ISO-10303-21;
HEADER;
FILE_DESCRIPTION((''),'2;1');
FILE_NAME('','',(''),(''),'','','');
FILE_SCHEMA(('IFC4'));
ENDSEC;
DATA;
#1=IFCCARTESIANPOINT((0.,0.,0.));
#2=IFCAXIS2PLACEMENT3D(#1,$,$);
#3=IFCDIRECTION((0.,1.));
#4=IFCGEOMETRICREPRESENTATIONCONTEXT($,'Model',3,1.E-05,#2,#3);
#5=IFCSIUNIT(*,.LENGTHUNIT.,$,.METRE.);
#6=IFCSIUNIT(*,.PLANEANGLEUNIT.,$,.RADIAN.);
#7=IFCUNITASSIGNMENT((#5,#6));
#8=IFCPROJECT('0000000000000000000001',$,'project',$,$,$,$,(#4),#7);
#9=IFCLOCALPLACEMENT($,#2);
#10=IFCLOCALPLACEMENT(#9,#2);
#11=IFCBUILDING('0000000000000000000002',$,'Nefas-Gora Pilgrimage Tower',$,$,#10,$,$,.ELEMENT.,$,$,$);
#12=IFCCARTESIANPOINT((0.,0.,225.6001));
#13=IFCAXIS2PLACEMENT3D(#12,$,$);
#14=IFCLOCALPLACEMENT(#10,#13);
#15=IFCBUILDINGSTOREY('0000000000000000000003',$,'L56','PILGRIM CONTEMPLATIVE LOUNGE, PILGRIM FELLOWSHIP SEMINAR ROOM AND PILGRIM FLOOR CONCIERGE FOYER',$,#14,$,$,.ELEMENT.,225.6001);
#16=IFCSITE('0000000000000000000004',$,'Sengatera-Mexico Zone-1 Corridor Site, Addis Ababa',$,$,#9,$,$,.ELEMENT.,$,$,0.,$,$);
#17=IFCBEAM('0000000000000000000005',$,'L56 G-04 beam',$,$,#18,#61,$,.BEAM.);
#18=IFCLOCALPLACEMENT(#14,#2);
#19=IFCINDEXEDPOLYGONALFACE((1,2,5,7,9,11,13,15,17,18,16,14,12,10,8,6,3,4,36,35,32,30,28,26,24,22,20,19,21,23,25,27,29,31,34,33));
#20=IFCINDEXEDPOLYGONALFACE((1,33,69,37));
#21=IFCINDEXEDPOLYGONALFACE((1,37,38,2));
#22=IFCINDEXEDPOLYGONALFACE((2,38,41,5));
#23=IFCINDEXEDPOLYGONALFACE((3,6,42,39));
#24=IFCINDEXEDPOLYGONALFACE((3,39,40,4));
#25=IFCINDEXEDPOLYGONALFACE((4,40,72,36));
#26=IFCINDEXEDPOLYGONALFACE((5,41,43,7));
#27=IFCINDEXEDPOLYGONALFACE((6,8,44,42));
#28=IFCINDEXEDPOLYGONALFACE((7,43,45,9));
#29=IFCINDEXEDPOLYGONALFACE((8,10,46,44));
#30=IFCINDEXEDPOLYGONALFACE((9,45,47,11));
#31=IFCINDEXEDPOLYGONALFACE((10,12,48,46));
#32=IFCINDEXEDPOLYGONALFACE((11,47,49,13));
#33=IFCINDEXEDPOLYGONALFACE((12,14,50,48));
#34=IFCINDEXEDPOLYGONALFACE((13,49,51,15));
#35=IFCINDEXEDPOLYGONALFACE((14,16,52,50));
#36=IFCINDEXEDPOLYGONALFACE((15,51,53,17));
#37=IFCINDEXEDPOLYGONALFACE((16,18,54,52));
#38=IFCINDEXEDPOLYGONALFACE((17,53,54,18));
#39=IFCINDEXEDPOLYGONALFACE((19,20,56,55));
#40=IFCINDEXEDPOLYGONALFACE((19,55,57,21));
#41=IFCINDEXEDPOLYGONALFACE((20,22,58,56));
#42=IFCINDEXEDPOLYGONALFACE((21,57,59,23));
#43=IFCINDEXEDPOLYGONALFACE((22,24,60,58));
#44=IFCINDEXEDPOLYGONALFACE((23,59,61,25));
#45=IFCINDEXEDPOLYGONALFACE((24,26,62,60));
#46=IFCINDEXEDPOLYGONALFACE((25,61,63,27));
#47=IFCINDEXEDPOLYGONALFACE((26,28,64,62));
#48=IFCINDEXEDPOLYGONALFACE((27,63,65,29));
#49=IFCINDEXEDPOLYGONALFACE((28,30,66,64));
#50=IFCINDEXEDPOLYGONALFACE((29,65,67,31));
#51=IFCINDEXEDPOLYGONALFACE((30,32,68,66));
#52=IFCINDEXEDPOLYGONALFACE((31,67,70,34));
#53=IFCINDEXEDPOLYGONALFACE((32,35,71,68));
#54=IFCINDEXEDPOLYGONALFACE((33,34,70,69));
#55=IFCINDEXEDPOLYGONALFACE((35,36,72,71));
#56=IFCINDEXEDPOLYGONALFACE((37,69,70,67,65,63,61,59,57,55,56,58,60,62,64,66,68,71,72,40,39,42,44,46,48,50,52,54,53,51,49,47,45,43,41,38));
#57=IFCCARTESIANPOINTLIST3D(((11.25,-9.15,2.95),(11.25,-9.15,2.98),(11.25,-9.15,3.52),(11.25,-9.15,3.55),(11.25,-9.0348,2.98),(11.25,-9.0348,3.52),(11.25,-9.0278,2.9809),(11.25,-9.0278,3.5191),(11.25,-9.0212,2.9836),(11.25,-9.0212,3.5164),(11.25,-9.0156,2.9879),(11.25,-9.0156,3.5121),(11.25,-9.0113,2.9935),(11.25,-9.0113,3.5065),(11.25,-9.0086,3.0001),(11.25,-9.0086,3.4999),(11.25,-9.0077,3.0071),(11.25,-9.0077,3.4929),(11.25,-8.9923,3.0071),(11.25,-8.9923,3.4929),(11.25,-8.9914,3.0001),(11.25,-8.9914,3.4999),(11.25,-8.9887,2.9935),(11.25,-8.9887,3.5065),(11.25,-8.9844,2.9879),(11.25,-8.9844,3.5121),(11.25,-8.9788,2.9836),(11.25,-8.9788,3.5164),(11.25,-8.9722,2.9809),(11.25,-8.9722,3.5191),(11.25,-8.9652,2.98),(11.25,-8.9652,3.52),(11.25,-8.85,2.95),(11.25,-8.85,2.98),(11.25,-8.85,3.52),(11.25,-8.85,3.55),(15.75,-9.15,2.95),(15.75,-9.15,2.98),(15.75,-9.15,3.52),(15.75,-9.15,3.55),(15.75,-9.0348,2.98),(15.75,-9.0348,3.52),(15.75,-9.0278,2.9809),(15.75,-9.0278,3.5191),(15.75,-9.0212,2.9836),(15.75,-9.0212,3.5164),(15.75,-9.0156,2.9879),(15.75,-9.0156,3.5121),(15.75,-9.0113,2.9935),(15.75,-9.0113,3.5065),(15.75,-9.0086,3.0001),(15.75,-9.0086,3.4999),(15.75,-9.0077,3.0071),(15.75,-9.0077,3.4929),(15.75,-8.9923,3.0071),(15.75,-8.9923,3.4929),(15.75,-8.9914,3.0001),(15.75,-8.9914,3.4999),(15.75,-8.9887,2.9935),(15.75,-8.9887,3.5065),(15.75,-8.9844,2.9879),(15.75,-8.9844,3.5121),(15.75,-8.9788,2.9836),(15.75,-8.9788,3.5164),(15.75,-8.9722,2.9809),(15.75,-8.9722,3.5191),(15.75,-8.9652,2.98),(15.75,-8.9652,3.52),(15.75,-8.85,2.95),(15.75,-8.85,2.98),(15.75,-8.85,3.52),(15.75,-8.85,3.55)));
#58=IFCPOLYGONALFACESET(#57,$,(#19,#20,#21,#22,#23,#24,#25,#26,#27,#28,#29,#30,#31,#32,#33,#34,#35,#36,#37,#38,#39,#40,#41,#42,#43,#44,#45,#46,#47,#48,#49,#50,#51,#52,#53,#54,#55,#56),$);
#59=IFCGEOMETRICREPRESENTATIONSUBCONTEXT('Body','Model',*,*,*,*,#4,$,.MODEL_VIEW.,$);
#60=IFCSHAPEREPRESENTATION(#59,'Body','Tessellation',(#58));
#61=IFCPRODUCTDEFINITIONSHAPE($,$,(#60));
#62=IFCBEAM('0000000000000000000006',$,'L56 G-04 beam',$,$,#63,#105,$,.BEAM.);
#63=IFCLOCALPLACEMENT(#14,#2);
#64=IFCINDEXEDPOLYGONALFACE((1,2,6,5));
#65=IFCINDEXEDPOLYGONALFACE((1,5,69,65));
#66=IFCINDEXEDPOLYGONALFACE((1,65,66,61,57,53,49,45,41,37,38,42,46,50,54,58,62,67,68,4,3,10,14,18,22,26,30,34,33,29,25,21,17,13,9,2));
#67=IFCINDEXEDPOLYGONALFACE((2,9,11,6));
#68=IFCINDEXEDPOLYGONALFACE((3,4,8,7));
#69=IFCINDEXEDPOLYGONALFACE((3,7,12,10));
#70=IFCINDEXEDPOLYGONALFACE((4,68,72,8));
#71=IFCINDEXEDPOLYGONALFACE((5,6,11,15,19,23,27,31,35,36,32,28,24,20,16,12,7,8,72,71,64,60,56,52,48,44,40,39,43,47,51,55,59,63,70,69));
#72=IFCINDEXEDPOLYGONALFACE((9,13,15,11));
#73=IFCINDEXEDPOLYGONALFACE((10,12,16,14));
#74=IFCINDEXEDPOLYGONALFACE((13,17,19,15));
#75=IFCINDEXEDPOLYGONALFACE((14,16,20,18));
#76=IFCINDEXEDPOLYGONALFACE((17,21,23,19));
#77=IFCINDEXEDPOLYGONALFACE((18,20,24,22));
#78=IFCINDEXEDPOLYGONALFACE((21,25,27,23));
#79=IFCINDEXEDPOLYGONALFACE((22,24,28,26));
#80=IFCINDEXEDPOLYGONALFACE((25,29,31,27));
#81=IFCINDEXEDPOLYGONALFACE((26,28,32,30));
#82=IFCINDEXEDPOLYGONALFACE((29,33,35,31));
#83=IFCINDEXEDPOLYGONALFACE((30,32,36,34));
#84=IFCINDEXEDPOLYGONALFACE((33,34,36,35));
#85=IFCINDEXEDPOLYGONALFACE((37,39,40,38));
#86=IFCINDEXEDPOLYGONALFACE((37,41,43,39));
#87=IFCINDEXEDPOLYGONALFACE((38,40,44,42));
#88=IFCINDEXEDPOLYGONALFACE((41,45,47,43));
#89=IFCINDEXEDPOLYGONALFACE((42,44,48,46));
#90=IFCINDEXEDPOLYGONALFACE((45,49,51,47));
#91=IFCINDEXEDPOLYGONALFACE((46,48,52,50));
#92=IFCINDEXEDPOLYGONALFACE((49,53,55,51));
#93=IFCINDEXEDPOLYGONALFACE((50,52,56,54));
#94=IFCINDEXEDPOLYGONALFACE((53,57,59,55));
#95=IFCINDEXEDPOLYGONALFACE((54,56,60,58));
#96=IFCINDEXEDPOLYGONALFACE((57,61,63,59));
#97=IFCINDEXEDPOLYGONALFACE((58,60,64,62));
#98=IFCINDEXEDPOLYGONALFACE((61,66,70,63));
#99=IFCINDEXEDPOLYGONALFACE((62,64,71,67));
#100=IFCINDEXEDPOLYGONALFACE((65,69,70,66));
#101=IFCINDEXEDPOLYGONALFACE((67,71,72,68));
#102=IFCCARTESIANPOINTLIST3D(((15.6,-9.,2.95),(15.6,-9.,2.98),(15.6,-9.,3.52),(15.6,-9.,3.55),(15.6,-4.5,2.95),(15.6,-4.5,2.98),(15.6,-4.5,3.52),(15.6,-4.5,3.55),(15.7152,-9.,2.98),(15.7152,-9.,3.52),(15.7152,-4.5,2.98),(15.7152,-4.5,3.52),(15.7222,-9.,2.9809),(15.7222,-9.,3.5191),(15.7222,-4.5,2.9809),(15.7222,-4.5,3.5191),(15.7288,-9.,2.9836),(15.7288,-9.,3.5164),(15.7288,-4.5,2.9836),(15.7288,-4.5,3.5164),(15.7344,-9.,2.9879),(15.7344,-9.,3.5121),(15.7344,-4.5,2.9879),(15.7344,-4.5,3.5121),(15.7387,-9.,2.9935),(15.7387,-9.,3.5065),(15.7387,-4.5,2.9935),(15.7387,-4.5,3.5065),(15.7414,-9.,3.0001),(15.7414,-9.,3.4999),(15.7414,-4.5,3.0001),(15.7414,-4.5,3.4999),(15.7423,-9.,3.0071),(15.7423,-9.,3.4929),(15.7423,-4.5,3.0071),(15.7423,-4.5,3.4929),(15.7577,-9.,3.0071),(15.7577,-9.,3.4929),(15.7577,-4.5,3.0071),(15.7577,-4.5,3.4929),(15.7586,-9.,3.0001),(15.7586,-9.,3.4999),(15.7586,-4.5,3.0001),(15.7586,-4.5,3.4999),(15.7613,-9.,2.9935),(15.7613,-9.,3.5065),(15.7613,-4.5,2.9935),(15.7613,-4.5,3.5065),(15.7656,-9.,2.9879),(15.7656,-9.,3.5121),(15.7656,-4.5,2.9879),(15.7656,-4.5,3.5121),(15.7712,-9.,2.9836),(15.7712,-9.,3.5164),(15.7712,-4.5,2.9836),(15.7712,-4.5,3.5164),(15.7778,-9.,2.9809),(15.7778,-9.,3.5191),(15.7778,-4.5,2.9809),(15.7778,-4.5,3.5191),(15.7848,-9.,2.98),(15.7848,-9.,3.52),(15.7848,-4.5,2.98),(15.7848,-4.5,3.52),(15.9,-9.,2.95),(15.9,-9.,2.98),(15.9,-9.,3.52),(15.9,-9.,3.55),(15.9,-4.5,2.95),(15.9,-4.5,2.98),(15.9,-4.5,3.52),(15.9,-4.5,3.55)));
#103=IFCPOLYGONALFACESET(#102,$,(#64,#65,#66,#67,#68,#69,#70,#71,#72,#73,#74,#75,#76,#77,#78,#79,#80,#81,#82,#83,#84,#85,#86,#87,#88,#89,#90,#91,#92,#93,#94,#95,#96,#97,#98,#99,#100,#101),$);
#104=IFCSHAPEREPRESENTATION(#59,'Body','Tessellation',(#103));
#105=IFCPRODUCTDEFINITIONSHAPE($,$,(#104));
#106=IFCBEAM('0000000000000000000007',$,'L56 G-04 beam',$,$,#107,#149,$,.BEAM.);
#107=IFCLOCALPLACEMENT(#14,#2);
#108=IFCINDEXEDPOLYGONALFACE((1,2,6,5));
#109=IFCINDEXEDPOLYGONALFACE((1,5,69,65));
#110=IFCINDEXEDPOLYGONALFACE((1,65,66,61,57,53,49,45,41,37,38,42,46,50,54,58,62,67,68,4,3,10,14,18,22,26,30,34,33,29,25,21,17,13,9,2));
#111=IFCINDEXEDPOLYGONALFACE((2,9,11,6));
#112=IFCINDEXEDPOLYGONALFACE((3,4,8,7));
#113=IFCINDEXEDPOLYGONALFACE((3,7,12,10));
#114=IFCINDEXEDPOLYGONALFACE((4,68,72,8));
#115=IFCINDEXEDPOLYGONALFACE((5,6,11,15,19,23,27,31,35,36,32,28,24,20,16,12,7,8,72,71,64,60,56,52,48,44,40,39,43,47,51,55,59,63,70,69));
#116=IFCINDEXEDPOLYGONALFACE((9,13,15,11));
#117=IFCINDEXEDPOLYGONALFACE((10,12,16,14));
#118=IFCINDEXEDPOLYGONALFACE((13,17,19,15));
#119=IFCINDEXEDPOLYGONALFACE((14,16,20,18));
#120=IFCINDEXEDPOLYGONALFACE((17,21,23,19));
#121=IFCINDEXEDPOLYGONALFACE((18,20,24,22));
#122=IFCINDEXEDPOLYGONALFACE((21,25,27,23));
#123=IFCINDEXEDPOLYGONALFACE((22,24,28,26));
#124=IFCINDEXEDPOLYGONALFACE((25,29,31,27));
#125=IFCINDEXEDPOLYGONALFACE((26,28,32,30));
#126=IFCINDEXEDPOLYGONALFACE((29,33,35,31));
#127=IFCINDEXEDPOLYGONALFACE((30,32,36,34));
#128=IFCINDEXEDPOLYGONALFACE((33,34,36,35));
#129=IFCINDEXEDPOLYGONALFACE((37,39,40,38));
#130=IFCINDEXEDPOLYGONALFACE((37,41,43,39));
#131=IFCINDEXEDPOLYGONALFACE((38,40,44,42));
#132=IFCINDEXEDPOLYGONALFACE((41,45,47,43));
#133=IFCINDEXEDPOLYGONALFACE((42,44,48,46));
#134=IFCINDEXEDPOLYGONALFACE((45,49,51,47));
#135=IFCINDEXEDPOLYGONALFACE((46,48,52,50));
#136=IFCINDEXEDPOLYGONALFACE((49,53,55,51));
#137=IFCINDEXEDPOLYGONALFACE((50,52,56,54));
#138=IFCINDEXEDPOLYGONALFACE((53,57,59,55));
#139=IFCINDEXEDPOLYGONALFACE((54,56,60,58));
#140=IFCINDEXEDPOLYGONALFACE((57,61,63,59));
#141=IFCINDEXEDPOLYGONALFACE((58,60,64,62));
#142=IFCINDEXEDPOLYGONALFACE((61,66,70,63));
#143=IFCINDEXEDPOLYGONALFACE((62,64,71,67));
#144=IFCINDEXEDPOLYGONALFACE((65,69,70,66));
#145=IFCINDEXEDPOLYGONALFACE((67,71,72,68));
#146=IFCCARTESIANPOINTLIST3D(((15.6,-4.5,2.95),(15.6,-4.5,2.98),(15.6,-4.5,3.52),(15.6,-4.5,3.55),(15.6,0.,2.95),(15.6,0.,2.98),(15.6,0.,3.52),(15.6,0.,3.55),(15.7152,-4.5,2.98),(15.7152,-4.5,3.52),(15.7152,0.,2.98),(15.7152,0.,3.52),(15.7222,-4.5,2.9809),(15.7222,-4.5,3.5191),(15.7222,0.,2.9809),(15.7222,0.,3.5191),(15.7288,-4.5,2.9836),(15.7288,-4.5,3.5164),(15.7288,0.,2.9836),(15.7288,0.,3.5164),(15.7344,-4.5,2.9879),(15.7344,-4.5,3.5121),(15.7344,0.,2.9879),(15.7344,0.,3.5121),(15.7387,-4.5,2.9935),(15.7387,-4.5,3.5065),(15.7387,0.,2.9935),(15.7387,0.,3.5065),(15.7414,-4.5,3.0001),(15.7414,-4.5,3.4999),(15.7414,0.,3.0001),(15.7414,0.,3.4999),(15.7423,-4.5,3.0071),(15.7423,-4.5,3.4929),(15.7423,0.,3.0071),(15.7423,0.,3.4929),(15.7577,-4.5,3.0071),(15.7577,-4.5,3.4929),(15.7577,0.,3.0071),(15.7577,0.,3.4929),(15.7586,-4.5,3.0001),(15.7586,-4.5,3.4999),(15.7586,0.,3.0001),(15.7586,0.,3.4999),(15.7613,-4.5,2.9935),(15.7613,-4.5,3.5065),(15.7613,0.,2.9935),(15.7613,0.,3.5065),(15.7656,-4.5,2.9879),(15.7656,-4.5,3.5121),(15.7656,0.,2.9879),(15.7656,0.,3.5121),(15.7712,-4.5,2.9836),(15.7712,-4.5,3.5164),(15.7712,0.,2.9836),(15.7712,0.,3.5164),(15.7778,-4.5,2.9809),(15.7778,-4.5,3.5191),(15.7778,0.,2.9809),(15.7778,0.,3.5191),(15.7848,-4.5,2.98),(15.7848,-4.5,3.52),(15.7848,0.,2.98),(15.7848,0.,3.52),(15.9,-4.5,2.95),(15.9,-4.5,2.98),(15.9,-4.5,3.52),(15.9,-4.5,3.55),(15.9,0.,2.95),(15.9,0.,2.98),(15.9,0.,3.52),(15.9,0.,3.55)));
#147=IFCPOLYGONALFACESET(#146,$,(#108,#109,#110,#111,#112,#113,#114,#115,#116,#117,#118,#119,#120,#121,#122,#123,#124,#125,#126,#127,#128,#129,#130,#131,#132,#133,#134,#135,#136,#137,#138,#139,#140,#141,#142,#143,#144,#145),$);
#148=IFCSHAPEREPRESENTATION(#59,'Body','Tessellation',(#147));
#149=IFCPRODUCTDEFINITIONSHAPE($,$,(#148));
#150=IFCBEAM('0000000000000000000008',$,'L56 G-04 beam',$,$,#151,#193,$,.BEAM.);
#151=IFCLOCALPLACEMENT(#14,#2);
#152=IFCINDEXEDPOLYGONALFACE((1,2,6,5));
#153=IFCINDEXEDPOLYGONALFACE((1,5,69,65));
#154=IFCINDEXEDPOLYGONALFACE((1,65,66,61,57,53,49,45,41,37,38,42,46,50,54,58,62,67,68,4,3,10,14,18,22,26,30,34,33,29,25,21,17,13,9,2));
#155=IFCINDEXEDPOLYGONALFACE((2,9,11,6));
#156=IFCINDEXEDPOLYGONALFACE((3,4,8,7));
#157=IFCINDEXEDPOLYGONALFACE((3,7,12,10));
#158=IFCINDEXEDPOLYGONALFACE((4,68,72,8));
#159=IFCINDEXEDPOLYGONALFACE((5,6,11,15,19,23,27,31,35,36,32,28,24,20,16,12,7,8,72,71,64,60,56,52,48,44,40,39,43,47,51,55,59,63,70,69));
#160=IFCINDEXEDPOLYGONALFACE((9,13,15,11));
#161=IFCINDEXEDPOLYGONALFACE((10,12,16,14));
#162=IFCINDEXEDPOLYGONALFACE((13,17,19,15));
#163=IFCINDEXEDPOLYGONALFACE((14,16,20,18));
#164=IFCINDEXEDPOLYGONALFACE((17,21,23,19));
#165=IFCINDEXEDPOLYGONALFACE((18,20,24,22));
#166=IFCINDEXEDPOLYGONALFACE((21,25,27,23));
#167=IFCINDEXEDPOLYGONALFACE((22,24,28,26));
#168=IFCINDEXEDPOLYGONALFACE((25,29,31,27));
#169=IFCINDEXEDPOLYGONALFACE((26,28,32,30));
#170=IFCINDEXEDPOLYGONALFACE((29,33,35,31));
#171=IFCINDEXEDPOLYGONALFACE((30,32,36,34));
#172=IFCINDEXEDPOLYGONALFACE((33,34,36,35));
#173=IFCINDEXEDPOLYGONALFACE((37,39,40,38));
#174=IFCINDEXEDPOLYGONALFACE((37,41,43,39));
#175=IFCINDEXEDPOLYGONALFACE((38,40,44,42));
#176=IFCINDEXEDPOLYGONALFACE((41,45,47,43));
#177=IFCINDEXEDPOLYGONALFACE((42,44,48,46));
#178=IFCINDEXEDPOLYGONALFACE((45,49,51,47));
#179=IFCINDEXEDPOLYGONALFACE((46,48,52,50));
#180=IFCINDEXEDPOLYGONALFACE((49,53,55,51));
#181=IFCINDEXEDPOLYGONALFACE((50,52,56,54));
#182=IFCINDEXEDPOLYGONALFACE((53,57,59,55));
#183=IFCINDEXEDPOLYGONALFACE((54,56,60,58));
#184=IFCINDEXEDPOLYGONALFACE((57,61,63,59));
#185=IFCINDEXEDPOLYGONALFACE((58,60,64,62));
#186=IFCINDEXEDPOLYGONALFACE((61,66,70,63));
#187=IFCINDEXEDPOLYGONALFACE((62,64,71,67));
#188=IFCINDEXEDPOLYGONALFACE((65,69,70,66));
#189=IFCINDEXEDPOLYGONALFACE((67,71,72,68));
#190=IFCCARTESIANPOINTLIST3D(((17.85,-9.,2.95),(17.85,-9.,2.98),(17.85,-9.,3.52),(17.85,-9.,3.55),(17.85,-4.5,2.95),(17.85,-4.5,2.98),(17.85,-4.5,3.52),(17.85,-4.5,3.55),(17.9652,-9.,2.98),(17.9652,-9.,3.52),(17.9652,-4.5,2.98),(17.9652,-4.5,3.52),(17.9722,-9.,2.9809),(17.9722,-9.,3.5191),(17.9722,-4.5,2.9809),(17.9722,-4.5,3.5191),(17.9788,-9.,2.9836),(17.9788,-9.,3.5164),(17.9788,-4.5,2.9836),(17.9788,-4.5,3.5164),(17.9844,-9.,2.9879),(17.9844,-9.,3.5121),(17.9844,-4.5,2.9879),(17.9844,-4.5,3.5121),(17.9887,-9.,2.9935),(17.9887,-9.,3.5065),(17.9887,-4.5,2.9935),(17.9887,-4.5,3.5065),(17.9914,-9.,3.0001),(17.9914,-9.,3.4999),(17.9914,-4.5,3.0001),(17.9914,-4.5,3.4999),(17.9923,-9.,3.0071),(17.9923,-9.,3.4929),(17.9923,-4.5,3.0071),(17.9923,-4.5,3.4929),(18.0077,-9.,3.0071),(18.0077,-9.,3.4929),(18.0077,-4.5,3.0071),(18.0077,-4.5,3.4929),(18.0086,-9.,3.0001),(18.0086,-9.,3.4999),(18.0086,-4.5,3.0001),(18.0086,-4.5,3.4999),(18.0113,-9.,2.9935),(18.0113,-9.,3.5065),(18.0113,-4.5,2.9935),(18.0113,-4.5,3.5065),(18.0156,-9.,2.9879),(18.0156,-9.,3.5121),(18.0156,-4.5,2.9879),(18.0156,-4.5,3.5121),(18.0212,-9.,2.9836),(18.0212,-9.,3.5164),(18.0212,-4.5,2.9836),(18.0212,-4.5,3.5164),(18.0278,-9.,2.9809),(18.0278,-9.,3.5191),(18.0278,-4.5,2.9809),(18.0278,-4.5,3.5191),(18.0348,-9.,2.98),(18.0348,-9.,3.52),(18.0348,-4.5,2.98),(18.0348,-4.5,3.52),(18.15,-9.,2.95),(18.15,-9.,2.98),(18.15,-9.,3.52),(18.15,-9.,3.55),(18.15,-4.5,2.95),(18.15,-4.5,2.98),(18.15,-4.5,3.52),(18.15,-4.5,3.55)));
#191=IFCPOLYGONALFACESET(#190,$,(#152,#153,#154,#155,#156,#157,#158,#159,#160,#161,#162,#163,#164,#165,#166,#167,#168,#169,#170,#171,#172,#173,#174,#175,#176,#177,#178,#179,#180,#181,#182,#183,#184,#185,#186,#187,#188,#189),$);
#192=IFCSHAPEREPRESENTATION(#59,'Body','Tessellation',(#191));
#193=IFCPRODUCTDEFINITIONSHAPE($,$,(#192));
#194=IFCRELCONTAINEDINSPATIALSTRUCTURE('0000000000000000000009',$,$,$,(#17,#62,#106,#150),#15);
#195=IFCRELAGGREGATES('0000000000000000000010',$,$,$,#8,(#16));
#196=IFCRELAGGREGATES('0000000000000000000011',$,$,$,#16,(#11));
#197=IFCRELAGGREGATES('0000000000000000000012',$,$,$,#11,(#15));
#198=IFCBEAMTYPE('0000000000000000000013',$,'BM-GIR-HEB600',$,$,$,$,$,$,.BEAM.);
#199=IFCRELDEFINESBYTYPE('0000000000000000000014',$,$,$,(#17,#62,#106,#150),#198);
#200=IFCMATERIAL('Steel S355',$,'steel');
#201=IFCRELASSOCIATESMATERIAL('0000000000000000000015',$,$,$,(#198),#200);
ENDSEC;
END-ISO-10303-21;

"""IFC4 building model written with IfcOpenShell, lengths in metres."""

from ifc_helpers import new_model, si_unit, direction, frame, origin, origin_2d, place, context, subcontext, project, spatial, i_section, extrude, source, transform, mapped, material, material_profile, profile_set, type_object, element, save


model = new_model("IFC4")

# Units and contexts
model_context = context("Model", 3, precision=1e-05, world=origin(), true_north=direction((0.0, 1.0)))
body_context = subcontext(model_context, "Body", "Model", "MODEL_VIEW")
ifc_project = project(units=[si_unit("LENGTHUNIT", "METRE"), si_unit("PLANEANGLEUNIT", "RADIAN")], contexts=[model_context])

# Site, building, storey
site_placement = place(None, origin())
site = spatial("IfcSite", under=ifc_project, at=site_placement, Name="Sengatera-Mexico Zone-1 Corridor Site, Addis Ababa", CompositionType="ELEMENT", RefElevation=0.0)
building_placement = place(site_placement, origin())
building = spatial("IfcBuilding", under=site, at=building_placement, Name="Nefas-Gora Pilgrimage Tower", CompositionType="ELEMENT")
storey_placement = place(building_placement, frame((0.0, 0.0, 225.6001)))
storey = spatial("IfcBuildingStorey", under=building, at=storey_placement, Name="L56", Description="PILGRIM CONTEMPLATIVE LOUNGE, PILGRIM FELLOWSHIP SEMINAR ROOM AND PILGRIM FLOOR CONCIERGE FOYER", CompositionType="ELEMENT", Elevation=225.6001)

# Beams
ifc_material_1 = material(Name="Steel S355", Category="steel")
ifc_material_profile_1 = material_profile(ifc_material_1, i_section(OverallWidth=0.3, OverallDepth=0.6001, WebThickness=0.0154, FlangeThickness=0.03, FilletRadius=0.0271, at=origin_2d()), Name="HEB 600")
ifc_profile_set_1 = profile_set([ifc_material_profile_1], Name="Steel S355")
beam_type_1 = type_object("IfcBeamType", Name="BM-GIR-HEB600", PredefinedType="BEAM", material=ifc_profile_set_1)
shared_shape_1 = source(origin(), body_context, "Body", "SweptSolid", [
    extrude(i_section(OverallWidth=0.3, OverallDepth=0.6001, WebThickness=0.0154, FlangeThickness=0.03, FilletRadius=0.0271, at=origin_2d()), origin(), (0.0, 0.0, 1.0), 4.5),
])
for number, where, z_axis, x_axis, name in (
    (1, (11.25, -9.0, 3.25), (1.0, 0.0, 0.0), (0.0, 1.0, 0.0), "L56 G-04 beam"),
    (2, (15.75, -9.0, 3.25), (0.0, 1.0, 0.0), (-1.0, 0.0, 0.0), "L56 G-04 beam"),
    (3, (15.75, -4.5, 3.25), (0.0, 1.0, 0.0), (-1.0, 0.0, 0.0), "L56 G-04 beam"),
    (4, (18.0, -9.0, 3.25), (0.0, 1.0, 0.0), (-1.0, 0.0, 0.0), "L56 G-04 beam"),
):
    element("IfcBeam", number, at=place(storey_placement, frame(where, z_axis=z_axis, x_axis=x_axis)), inside=storey, type_object=beam_type_1, Name=name, PredefinedType="BEAM", context=body_context, shape_type="MappedRepresentation", body=[
        mapped(shared_shape_1, transform((0.0, 0.0, 0.0), x_axis=(1.0, 0.0, 0.0), y_axis=(0.0, 1.0, 0.0), z_axis=(0.0, 0.0, 1.0), scale=1.0)),
    ])

save(model, "model.ifc")
